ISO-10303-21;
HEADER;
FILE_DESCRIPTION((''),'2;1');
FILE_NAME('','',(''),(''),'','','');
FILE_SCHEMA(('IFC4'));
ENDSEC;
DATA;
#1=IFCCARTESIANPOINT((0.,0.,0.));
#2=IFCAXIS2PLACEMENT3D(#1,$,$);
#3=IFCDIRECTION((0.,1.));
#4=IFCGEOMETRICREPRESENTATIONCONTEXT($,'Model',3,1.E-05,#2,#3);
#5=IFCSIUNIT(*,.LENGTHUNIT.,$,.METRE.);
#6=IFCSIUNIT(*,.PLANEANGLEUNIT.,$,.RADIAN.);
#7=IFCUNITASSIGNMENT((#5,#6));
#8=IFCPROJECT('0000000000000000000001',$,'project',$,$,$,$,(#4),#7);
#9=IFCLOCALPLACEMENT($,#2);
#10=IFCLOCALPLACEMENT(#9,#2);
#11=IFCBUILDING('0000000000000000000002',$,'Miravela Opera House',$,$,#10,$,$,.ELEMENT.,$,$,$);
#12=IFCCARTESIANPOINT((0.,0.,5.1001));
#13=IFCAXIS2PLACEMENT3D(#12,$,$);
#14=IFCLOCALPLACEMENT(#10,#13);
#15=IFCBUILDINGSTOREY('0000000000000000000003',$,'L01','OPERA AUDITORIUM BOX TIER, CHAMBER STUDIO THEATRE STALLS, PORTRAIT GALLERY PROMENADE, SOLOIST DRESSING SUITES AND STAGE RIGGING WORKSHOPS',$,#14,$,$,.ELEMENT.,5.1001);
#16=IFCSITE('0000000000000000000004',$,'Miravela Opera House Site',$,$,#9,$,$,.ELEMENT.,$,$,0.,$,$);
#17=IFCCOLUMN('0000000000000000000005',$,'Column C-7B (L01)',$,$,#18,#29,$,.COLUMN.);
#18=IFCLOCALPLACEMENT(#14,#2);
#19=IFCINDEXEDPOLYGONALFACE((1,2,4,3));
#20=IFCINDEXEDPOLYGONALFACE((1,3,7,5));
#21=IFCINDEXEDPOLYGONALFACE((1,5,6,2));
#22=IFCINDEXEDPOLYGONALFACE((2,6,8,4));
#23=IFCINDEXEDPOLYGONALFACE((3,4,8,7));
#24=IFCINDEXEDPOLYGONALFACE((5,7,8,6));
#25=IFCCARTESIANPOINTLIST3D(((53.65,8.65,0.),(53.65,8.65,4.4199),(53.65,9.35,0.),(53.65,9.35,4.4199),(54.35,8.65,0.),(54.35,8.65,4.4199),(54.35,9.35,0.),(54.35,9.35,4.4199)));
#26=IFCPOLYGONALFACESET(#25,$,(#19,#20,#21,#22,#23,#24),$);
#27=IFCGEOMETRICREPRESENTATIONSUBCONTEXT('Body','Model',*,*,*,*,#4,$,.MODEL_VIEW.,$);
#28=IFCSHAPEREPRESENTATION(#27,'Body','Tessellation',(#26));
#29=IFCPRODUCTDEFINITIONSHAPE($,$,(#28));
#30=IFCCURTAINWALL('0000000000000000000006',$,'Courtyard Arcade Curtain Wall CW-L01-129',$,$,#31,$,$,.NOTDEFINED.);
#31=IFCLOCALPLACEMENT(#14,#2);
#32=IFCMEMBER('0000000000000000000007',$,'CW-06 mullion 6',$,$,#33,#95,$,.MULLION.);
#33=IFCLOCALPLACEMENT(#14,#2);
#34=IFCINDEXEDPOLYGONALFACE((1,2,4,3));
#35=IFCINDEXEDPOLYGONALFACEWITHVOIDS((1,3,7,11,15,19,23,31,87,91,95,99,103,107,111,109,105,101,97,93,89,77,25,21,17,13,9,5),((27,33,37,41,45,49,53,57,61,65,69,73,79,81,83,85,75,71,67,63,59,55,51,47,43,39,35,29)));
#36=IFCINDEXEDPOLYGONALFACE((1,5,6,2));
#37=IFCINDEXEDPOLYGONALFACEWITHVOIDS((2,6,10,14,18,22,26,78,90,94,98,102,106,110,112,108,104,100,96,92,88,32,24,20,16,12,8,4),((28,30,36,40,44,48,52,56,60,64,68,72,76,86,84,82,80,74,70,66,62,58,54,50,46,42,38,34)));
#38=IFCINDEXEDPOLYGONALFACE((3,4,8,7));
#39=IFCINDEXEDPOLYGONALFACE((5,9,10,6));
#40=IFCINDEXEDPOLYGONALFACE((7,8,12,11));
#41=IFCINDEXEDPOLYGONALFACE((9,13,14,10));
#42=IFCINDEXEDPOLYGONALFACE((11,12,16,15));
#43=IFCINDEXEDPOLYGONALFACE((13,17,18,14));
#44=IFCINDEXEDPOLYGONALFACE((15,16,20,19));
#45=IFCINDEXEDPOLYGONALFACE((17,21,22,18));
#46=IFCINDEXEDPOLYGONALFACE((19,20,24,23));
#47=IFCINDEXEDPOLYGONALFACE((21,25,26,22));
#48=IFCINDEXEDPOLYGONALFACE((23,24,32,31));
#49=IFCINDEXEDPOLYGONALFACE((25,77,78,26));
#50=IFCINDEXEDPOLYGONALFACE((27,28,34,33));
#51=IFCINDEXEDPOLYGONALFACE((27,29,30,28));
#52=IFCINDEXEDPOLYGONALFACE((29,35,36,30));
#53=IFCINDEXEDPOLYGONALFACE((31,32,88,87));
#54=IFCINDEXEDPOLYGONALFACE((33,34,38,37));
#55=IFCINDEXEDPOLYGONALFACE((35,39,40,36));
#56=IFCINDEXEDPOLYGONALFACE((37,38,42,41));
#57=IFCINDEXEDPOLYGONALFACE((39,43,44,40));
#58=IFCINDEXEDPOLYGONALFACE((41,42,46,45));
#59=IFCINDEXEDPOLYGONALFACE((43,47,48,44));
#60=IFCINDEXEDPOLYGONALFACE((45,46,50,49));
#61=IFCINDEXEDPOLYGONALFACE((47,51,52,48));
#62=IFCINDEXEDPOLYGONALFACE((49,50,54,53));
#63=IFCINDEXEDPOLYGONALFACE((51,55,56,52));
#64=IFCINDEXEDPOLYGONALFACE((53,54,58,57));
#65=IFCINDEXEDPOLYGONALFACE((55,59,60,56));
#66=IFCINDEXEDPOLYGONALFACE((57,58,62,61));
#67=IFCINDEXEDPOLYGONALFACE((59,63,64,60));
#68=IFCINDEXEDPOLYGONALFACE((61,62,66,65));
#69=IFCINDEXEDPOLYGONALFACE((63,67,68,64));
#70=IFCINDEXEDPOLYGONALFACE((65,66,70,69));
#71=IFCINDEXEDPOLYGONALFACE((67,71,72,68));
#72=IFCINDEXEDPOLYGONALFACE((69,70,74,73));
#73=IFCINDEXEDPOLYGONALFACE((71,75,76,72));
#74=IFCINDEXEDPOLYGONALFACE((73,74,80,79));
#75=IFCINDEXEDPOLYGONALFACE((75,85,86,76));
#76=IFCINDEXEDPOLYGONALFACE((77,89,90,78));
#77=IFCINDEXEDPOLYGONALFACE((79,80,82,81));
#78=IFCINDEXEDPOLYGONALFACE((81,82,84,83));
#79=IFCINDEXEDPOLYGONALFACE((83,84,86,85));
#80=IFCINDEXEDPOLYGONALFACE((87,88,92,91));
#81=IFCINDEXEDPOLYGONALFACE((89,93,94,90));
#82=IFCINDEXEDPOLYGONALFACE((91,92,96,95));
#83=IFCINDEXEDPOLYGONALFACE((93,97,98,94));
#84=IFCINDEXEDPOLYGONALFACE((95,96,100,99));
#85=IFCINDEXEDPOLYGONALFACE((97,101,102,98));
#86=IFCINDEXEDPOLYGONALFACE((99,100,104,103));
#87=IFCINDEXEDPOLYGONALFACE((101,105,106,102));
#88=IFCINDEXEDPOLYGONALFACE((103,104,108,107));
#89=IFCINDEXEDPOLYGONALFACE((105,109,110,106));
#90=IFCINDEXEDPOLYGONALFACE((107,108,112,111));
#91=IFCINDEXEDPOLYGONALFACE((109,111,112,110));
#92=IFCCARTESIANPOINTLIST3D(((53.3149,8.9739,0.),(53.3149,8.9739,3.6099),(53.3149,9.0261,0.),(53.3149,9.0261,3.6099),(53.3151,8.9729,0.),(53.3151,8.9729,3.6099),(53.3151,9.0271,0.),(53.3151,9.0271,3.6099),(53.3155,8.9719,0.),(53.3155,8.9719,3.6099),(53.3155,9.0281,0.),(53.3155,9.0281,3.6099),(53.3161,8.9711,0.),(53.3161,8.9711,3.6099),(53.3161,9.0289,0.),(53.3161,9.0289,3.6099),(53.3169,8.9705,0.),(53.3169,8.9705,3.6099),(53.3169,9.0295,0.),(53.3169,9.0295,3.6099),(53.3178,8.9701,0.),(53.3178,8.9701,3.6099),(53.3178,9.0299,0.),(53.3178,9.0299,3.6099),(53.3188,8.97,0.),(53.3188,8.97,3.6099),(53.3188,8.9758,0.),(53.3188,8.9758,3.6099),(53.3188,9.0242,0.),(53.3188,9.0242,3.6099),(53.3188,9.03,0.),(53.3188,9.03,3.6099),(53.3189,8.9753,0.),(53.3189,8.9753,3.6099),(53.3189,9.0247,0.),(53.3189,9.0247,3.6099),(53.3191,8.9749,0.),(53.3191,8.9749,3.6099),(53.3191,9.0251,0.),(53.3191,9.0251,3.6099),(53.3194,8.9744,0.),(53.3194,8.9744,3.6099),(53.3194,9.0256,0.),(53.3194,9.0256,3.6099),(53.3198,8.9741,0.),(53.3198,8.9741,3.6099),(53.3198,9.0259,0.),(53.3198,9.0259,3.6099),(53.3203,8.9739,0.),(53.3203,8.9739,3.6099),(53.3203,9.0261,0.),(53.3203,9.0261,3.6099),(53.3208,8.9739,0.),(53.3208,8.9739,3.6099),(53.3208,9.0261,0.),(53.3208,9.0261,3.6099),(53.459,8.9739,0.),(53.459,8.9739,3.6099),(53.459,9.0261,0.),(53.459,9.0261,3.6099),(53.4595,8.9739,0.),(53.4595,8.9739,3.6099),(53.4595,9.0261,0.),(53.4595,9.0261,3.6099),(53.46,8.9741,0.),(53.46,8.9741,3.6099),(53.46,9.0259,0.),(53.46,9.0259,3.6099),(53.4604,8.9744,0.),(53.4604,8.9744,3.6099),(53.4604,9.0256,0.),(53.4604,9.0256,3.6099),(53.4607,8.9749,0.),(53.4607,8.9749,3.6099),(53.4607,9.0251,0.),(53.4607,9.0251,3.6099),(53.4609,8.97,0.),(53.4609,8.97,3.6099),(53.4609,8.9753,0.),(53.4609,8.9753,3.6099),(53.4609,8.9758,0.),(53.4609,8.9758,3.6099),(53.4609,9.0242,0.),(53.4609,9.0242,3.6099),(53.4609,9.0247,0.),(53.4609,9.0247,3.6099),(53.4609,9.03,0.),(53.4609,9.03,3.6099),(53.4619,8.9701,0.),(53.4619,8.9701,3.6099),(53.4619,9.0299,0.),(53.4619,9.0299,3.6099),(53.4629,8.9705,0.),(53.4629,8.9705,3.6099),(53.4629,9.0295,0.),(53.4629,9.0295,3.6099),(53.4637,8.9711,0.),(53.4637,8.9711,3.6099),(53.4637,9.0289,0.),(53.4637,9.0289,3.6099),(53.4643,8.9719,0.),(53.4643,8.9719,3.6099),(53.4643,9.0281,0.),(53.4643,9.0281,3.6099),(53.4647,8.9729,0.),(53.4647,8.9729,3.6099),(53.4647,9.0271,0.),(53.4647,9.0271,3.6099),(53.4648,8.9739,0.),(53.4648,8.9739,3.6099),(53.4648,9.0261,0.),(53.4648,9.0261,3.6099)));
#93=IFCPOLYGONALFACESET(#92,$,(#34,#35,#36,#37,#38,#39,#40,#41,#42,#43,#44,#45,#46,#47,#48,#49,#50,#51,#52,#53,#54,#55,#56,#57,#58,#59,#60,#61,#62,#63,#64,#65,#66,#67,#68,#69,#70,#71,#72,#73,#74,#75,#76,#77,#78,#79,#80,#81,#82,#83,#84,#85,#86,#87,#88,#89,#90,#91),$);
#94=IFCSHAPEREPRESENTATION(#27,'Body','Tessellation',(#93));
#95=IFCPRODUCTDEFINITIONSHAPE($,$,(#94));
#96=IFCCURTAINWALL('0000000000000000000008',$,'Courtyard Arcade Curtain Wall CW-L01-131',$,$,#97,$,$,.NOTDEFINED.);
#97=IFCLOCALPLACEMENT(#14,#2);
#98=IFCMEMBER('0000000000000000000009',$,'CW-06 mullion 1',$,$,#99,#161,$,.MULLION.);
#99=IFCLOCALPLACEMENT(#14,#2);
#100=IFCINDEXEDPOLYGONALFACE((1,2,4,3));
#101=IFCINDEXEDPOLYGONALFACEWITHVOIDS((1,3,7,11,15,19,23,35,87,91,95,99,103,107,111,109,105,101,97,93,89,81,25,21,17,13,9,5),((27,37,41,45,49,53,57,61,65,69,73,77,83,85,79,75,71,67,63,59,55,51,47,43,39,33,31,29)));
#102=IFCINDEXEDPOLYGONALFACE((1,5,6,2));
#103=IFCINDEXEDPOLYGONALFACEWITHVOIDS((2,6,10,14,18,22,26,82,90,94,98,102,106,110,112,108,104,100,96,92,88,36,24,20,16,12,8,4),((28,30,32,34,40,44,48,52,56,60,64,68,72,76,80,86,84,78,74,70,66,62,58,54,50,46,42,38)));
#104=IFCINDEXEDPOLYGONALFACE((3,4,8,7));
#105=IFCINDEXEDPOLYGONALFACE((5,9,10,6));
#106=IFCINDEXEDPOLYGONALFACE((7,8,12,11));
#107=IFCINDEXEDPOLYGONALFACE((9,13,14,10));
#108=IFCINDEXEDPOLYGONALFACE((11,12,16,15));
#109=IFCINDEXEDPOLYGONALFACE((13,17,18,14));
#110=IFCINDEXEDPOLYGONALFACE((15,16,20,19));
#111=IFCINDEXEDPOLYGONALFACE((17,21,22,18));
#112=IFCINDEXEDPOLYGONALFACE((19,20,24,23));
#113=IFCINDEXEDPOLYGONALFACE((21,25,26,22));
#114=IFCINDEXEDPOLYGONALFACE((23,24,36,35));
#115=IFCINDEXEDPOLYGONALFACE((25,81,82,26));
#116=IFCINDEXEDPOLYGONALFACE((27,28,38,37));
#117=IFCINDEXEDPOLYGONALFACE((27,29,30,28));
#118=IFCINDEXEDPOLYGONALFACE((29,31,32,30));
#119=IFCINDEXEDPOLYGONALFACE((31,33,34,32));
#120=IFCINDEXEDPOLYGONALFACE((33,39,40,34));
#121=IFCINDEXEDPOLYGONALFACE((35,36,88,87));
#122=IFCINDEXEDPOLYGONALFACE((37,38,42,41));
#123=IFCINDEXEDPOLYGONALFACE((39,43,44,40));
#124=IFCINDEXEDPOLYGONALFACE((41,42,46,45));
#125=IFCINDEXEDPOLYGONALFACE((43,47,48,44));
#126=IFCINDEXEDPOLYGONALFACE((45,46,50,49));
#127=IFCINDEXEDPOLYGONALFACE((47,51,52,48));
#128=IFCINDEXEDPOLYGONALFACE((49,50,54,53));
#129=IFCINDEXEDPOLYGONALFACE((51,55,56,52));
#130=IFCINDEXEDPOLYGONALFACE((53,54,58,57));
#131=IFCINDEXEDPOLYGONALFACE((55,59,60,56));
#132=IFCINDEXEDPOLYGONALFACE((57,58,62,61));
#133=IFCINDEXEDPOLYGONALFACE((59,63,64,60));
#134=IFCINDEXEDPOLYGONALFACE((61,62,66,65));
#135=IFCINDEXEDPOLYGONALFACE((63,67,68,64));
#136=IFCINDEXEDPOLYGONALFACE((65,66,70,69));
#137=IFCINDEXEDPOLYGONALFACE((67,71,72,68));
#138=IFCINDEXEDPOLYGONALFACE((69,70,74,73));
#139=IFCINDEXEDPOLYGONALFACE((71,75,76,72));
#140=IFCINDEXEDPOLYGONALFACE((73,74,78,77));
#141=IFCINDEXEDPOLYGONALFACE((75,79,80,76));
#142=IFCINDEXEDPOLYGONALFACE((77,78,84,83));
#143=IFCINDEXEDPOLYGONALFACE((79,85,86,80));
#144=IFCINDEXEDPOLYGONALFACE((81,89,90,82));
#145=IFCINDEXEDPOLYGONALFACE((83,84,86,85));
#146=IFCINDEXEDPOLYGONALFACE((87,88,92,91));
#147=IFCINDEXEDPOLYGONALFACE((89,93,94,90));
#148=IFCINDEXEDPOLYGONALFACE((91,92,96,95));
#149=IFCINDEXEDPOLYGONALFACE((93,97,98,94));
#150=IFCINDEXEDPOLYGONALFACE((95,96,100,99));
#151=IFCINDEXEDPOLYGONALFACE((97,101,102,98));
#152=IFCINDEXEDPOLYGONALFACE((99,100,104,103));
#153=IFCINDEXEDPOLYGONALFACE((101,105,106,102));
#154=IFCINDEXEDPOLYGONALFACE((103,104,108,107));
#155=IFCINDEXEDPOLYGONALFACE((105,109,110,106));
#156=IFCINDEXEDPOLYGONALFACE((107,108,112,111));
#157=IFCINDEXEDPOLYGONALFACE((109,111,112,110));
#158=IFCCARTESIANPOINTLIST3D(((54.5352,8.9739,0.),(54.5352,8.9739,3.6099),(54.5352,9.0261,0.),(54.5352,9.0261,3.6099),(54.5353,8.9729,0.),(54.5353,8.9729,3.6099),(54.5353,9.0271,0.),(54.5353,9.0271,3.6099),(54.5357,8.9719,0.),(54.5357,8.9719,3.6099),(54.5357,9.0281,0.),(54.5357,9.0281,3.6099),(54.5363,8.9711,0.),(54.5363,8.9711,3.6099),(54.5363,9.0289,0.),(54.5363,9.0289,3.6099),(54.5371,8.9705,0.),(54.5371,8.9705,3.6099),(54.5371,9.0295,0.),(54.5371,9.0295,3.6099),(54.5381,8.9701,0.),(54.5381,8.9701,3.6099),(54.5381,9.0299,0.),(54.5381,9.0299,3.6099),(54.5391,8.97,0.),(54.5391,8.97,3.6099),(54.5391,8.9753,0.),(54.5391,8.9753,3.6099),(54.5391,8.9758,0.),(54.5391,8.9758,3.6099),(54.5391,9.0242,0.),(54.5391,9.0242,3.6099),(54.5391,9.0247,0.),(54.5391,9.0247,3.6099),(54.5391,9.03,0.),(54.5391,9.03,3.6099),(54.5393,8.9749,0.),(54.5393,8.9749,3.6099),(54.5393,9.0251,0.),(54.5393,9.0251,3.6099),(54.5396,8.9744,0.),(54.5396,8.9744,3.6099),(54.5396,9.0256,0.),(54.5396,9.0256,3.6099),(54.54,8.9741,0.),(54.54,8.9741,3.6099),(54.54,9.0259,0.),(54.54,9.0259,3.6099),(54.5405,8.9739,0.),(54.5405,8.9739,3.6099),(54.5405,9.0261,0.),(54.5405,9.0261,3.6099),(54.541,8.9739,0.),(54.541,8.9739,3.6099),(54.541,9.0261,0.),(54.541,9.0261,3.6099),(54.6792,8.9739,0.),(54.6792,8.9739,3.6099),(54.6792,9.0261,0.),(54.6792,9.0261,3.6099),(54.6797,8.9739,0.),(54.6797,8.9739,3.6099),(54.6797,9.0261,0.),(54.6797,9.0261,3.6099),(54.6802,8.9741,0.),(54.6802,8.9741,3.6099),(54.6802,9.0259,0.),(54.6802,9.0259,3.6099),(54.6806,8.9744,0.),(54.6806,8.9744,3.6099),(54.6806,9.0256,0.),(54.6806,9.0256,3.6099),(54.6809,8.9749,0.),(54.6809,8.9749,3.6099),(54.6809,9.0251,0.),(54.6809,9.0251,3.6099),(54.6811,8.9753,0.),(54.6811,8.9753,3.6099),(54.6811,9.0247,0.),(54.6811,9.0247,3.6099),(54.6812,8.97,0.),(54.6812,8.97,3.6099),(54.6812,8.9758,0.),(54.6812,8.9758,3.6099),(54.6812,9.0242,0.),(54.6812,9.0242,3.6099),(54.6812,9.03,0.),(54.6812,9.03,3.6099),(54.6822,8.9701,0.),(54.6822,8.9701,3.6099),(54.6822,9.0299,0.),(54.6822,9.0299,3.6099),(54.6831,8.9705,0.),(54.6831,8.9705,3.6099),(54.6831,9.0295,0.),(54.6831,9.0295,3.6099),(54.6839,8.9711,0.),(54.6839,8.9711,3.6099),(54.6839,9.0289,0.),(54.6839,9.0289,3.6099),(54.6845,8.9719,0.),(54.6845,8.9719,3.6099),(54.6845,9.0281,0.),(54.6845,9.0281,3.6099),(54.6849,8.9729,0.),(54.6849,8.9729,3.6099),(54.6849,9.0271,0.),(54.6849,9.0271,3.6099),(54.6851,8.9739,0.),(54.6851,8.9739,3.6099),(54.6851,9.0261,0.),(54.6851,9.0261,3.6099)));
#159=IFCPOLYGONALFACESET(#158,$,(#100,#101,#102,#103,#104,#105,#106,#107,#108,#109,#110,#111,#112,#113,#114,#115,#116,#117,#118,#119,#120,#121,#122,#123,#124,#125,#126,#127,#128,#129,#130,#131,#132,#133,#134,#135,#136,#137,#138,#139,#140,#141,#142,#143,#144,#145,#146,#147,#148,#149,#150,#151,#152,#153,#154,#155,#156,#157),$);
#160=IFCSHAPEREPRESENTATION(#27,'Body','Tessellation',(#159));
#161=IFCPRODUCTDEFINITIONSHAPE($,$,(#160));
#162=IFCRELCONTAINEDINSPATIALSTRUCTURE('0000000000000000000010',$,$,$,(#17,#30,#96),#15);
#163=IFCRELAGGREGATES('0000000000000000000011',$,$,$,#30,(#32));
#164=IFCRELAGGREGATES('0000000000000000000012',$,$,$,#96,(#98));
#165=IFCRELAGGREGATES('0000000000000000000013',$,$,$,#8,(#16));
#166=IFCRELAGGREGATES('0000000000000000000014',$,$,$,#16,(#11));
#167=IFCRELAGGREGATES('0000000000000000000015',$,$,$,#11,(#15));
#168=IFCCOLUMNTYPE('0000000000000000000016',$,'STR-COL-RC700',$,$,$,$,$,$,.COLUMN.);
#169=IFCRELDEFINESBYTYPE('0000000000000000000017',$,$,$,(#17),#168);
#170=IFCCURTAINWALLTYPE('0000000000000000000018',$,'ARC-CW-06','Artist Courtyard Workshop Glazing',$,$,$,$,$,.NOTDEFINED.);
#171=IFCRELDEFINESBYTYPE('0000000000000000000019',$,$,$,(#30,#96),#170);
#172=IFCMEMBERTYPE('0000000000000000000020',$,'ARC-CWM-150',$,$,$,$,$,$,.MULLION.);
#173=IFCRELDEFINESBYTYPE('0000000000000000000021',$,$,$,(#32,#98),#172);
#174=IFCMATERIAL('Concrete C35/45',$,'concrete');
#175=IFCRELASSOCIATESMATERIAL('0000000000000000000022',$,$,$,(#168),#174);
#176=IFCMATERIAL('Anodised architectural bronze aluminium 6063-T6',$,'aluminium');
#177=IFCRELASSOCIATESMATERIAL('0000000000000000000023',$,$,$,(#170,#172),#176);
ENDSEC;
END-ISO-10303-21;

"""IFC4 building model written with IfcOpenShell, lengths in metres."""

from ifc_helpers import new_model, si_unit, direction, frame, origin, origin_2d, place, context, subcontext, project, spatial, rectangle, hollow_rectangle, extrude, material, material_profile, profile_set, type_object, element, aggregate, save


model = new_model("IFC4")

# Units and contexts
model_context = context("Model", 3, precision=1e-05, world=origin(), true_north=direction((0.0, 1.0)))
body_context = subcontext(model_context, "Body", "Model", "MODEL_VIEW")
ifc_project = project(units=[si_unit("LENGTHUNIT", "METRE"), si_unit("PLANEANGLEUNIT", "RADIAN")], contexts=[model_context])

# Site, building, storey
site_placement = place(None, origin())
site = spatial("IfcSite", under=ifc_project, at=site_placement, Name="Miravela Opera House Site", CompositionType="ELEMENT", RefElevation=0.0)
building_placement = place(site_placement, origin())
building = spatial("IfcBuilding", under=site, at=building_placement, Name="Miravela Opera House", CompositionType="ELEMENT")
storey_placement = place(building_placement, frame((0.0, 0.0, 5.1001)))
storey = spatial("IfcBuildingStorey", under=building, at=storey_placement, Name="L01", Description="OPERA AUDITORIUM BOX TIER, CHAMBER STUDIO THEATRE STALLS, PORTRAIT GALLERY PROMENADE, SOLOIST DRESSING SUITES AND STAGE RIGGING WORKSHOPS", CompositionType="ELEMENT", Elevation=5.1001)

# Column
ifc_material_1 = material(Name="Concrete C35/45", Category="concrete")
ifc_material_profile_1 = material_profile(ifc_material_1, rectangle(XDim=0.7, YDim=0.7, at=origin_2d()), Name="RC-COL-700X700")
ifc_profile_set_1 = profile_set([ifc_material_profile_1])
column_type = type_object("IfcColumnType", Name="STR-COL-RC700", PredefinedType="COLUMN", material=ifc_profile_set_1)
column_placement = place(storey_placement, frame((54.0, 9.0, 0.0), z_axis=(0.0, 0.0, 1.0), x_axis=(1.0, 0.0, 0.0)))
element("IfcColumn", 1, at=column_placement, inside=storey, type_object=column_type, Name="Column C-7B (L01)", PredefinedType="COLUMN", context=body_context, shape_type="SweptSolid", body=[
    extrude(rectangle(XDim=0.7, YDim=0.7, at=origin_2d()), origin(), (0.0, 0.0, 1.0), 4.4199),
])

# Curtain wall, member
ifc_material_2 = material(Name="Anodised architectural bronze aluminium 6063-T6", Category="aluminium")
curtain_wall_type = type_object("IfcCurtainWallType", Name="ARC-CW-06", Description="Artist Courtyard Workshop Glazing", PredefinedType="NOTDEFINED", material=ifc_material_2)
curtain_wall_1_placement = place(storey_placement, origin())
curtain_wall_1 = element("IfcCurtainWall", 2, at=curtain_wall_1_placement, inside=storey, type_object=curtain_wall_type, Name="Courtyard Arcade Curtain Wall CW-L01-129", PredefinedType="NOTDEFINED")
ifc_material_profile_2 = material_profile(ifc_material_2, hollow_rectangle(XDim=0.0601, YDim=0.1499, WallThickness=0.0039, InnerFilletRadius=0.002, OuterFilletRadius=0.0039, at=origin_2d()), Name="CWM-60X150")
ifc_profile_set_2 = profile_set([ifc_material_profile_2])
member_type_1 = type_object("IfcMemberType", Name="ARC-CWM-150", PredefinedType="MULLION", material=ifc_profile_set_2)
member_1_placement = place(storey_placement, frame((53.3899, 9.0, 0.0), z_axis=(0.0, 0.0, 1.0), x_axis=(0.0, 1.0, 0.0)))
member_1 = element("IfcMember", 3, at=member_1_placement, type_object=member_type_1, Name="CW-06 mullion 6", PredefinedType="MULLION", context=body_context, shape_type="SweptSolid", body=[
    extrude(hollow_rectangle(XDim=0.0601, YDim=0.1499, WallThickness=0.0039, InnerFilletRadius=0.002, OuterFilletRadius=0.0039, at=origin_2d()), origin(), (0.0, 0.0, 1.0), 3.6099),
])
aggregate(curtain_wall_1, [member_1])

# Curtain wall, member
curtain_wall_2_placement = place(storey_placement, origin())
curtain_wall_2 = element("IfcCurtainWall", 4, at=curtain_wall_2_placement, inside=storey, type_object=curtain_wall_type, Name="Courtyard Arcade Curtain Wall CW-L01-131", PredefinedType="NOTDEFINED")
member_2_placement = place(storey_placement, frame((54.6101, 9.0, 0.0), z_axis=(0.0, 0.0, 1.0), x_axis=(0.0, 1.0, 0.0)))
member_2 = element("IfcMember", 5, at=member_2_placement, type_object=member_type_1, Name="CW-06 mullion 1", PredefinedType="MULLION", context=body_context, shape_type="SweptSolid", body=[
    extrude(hollow_rectangle(XDim=0.0601, YDim=0.1499, WallThickness=0.0039, InnerFilletRadius=0.002, OuterFilletRadius=0.0039, at=origin_2d()), origin(), (0.0, 0.0, 1.0), 3.6099),
])

aggregate(curtain_wall_2, [member_2])

save(model, "model.ifc")
